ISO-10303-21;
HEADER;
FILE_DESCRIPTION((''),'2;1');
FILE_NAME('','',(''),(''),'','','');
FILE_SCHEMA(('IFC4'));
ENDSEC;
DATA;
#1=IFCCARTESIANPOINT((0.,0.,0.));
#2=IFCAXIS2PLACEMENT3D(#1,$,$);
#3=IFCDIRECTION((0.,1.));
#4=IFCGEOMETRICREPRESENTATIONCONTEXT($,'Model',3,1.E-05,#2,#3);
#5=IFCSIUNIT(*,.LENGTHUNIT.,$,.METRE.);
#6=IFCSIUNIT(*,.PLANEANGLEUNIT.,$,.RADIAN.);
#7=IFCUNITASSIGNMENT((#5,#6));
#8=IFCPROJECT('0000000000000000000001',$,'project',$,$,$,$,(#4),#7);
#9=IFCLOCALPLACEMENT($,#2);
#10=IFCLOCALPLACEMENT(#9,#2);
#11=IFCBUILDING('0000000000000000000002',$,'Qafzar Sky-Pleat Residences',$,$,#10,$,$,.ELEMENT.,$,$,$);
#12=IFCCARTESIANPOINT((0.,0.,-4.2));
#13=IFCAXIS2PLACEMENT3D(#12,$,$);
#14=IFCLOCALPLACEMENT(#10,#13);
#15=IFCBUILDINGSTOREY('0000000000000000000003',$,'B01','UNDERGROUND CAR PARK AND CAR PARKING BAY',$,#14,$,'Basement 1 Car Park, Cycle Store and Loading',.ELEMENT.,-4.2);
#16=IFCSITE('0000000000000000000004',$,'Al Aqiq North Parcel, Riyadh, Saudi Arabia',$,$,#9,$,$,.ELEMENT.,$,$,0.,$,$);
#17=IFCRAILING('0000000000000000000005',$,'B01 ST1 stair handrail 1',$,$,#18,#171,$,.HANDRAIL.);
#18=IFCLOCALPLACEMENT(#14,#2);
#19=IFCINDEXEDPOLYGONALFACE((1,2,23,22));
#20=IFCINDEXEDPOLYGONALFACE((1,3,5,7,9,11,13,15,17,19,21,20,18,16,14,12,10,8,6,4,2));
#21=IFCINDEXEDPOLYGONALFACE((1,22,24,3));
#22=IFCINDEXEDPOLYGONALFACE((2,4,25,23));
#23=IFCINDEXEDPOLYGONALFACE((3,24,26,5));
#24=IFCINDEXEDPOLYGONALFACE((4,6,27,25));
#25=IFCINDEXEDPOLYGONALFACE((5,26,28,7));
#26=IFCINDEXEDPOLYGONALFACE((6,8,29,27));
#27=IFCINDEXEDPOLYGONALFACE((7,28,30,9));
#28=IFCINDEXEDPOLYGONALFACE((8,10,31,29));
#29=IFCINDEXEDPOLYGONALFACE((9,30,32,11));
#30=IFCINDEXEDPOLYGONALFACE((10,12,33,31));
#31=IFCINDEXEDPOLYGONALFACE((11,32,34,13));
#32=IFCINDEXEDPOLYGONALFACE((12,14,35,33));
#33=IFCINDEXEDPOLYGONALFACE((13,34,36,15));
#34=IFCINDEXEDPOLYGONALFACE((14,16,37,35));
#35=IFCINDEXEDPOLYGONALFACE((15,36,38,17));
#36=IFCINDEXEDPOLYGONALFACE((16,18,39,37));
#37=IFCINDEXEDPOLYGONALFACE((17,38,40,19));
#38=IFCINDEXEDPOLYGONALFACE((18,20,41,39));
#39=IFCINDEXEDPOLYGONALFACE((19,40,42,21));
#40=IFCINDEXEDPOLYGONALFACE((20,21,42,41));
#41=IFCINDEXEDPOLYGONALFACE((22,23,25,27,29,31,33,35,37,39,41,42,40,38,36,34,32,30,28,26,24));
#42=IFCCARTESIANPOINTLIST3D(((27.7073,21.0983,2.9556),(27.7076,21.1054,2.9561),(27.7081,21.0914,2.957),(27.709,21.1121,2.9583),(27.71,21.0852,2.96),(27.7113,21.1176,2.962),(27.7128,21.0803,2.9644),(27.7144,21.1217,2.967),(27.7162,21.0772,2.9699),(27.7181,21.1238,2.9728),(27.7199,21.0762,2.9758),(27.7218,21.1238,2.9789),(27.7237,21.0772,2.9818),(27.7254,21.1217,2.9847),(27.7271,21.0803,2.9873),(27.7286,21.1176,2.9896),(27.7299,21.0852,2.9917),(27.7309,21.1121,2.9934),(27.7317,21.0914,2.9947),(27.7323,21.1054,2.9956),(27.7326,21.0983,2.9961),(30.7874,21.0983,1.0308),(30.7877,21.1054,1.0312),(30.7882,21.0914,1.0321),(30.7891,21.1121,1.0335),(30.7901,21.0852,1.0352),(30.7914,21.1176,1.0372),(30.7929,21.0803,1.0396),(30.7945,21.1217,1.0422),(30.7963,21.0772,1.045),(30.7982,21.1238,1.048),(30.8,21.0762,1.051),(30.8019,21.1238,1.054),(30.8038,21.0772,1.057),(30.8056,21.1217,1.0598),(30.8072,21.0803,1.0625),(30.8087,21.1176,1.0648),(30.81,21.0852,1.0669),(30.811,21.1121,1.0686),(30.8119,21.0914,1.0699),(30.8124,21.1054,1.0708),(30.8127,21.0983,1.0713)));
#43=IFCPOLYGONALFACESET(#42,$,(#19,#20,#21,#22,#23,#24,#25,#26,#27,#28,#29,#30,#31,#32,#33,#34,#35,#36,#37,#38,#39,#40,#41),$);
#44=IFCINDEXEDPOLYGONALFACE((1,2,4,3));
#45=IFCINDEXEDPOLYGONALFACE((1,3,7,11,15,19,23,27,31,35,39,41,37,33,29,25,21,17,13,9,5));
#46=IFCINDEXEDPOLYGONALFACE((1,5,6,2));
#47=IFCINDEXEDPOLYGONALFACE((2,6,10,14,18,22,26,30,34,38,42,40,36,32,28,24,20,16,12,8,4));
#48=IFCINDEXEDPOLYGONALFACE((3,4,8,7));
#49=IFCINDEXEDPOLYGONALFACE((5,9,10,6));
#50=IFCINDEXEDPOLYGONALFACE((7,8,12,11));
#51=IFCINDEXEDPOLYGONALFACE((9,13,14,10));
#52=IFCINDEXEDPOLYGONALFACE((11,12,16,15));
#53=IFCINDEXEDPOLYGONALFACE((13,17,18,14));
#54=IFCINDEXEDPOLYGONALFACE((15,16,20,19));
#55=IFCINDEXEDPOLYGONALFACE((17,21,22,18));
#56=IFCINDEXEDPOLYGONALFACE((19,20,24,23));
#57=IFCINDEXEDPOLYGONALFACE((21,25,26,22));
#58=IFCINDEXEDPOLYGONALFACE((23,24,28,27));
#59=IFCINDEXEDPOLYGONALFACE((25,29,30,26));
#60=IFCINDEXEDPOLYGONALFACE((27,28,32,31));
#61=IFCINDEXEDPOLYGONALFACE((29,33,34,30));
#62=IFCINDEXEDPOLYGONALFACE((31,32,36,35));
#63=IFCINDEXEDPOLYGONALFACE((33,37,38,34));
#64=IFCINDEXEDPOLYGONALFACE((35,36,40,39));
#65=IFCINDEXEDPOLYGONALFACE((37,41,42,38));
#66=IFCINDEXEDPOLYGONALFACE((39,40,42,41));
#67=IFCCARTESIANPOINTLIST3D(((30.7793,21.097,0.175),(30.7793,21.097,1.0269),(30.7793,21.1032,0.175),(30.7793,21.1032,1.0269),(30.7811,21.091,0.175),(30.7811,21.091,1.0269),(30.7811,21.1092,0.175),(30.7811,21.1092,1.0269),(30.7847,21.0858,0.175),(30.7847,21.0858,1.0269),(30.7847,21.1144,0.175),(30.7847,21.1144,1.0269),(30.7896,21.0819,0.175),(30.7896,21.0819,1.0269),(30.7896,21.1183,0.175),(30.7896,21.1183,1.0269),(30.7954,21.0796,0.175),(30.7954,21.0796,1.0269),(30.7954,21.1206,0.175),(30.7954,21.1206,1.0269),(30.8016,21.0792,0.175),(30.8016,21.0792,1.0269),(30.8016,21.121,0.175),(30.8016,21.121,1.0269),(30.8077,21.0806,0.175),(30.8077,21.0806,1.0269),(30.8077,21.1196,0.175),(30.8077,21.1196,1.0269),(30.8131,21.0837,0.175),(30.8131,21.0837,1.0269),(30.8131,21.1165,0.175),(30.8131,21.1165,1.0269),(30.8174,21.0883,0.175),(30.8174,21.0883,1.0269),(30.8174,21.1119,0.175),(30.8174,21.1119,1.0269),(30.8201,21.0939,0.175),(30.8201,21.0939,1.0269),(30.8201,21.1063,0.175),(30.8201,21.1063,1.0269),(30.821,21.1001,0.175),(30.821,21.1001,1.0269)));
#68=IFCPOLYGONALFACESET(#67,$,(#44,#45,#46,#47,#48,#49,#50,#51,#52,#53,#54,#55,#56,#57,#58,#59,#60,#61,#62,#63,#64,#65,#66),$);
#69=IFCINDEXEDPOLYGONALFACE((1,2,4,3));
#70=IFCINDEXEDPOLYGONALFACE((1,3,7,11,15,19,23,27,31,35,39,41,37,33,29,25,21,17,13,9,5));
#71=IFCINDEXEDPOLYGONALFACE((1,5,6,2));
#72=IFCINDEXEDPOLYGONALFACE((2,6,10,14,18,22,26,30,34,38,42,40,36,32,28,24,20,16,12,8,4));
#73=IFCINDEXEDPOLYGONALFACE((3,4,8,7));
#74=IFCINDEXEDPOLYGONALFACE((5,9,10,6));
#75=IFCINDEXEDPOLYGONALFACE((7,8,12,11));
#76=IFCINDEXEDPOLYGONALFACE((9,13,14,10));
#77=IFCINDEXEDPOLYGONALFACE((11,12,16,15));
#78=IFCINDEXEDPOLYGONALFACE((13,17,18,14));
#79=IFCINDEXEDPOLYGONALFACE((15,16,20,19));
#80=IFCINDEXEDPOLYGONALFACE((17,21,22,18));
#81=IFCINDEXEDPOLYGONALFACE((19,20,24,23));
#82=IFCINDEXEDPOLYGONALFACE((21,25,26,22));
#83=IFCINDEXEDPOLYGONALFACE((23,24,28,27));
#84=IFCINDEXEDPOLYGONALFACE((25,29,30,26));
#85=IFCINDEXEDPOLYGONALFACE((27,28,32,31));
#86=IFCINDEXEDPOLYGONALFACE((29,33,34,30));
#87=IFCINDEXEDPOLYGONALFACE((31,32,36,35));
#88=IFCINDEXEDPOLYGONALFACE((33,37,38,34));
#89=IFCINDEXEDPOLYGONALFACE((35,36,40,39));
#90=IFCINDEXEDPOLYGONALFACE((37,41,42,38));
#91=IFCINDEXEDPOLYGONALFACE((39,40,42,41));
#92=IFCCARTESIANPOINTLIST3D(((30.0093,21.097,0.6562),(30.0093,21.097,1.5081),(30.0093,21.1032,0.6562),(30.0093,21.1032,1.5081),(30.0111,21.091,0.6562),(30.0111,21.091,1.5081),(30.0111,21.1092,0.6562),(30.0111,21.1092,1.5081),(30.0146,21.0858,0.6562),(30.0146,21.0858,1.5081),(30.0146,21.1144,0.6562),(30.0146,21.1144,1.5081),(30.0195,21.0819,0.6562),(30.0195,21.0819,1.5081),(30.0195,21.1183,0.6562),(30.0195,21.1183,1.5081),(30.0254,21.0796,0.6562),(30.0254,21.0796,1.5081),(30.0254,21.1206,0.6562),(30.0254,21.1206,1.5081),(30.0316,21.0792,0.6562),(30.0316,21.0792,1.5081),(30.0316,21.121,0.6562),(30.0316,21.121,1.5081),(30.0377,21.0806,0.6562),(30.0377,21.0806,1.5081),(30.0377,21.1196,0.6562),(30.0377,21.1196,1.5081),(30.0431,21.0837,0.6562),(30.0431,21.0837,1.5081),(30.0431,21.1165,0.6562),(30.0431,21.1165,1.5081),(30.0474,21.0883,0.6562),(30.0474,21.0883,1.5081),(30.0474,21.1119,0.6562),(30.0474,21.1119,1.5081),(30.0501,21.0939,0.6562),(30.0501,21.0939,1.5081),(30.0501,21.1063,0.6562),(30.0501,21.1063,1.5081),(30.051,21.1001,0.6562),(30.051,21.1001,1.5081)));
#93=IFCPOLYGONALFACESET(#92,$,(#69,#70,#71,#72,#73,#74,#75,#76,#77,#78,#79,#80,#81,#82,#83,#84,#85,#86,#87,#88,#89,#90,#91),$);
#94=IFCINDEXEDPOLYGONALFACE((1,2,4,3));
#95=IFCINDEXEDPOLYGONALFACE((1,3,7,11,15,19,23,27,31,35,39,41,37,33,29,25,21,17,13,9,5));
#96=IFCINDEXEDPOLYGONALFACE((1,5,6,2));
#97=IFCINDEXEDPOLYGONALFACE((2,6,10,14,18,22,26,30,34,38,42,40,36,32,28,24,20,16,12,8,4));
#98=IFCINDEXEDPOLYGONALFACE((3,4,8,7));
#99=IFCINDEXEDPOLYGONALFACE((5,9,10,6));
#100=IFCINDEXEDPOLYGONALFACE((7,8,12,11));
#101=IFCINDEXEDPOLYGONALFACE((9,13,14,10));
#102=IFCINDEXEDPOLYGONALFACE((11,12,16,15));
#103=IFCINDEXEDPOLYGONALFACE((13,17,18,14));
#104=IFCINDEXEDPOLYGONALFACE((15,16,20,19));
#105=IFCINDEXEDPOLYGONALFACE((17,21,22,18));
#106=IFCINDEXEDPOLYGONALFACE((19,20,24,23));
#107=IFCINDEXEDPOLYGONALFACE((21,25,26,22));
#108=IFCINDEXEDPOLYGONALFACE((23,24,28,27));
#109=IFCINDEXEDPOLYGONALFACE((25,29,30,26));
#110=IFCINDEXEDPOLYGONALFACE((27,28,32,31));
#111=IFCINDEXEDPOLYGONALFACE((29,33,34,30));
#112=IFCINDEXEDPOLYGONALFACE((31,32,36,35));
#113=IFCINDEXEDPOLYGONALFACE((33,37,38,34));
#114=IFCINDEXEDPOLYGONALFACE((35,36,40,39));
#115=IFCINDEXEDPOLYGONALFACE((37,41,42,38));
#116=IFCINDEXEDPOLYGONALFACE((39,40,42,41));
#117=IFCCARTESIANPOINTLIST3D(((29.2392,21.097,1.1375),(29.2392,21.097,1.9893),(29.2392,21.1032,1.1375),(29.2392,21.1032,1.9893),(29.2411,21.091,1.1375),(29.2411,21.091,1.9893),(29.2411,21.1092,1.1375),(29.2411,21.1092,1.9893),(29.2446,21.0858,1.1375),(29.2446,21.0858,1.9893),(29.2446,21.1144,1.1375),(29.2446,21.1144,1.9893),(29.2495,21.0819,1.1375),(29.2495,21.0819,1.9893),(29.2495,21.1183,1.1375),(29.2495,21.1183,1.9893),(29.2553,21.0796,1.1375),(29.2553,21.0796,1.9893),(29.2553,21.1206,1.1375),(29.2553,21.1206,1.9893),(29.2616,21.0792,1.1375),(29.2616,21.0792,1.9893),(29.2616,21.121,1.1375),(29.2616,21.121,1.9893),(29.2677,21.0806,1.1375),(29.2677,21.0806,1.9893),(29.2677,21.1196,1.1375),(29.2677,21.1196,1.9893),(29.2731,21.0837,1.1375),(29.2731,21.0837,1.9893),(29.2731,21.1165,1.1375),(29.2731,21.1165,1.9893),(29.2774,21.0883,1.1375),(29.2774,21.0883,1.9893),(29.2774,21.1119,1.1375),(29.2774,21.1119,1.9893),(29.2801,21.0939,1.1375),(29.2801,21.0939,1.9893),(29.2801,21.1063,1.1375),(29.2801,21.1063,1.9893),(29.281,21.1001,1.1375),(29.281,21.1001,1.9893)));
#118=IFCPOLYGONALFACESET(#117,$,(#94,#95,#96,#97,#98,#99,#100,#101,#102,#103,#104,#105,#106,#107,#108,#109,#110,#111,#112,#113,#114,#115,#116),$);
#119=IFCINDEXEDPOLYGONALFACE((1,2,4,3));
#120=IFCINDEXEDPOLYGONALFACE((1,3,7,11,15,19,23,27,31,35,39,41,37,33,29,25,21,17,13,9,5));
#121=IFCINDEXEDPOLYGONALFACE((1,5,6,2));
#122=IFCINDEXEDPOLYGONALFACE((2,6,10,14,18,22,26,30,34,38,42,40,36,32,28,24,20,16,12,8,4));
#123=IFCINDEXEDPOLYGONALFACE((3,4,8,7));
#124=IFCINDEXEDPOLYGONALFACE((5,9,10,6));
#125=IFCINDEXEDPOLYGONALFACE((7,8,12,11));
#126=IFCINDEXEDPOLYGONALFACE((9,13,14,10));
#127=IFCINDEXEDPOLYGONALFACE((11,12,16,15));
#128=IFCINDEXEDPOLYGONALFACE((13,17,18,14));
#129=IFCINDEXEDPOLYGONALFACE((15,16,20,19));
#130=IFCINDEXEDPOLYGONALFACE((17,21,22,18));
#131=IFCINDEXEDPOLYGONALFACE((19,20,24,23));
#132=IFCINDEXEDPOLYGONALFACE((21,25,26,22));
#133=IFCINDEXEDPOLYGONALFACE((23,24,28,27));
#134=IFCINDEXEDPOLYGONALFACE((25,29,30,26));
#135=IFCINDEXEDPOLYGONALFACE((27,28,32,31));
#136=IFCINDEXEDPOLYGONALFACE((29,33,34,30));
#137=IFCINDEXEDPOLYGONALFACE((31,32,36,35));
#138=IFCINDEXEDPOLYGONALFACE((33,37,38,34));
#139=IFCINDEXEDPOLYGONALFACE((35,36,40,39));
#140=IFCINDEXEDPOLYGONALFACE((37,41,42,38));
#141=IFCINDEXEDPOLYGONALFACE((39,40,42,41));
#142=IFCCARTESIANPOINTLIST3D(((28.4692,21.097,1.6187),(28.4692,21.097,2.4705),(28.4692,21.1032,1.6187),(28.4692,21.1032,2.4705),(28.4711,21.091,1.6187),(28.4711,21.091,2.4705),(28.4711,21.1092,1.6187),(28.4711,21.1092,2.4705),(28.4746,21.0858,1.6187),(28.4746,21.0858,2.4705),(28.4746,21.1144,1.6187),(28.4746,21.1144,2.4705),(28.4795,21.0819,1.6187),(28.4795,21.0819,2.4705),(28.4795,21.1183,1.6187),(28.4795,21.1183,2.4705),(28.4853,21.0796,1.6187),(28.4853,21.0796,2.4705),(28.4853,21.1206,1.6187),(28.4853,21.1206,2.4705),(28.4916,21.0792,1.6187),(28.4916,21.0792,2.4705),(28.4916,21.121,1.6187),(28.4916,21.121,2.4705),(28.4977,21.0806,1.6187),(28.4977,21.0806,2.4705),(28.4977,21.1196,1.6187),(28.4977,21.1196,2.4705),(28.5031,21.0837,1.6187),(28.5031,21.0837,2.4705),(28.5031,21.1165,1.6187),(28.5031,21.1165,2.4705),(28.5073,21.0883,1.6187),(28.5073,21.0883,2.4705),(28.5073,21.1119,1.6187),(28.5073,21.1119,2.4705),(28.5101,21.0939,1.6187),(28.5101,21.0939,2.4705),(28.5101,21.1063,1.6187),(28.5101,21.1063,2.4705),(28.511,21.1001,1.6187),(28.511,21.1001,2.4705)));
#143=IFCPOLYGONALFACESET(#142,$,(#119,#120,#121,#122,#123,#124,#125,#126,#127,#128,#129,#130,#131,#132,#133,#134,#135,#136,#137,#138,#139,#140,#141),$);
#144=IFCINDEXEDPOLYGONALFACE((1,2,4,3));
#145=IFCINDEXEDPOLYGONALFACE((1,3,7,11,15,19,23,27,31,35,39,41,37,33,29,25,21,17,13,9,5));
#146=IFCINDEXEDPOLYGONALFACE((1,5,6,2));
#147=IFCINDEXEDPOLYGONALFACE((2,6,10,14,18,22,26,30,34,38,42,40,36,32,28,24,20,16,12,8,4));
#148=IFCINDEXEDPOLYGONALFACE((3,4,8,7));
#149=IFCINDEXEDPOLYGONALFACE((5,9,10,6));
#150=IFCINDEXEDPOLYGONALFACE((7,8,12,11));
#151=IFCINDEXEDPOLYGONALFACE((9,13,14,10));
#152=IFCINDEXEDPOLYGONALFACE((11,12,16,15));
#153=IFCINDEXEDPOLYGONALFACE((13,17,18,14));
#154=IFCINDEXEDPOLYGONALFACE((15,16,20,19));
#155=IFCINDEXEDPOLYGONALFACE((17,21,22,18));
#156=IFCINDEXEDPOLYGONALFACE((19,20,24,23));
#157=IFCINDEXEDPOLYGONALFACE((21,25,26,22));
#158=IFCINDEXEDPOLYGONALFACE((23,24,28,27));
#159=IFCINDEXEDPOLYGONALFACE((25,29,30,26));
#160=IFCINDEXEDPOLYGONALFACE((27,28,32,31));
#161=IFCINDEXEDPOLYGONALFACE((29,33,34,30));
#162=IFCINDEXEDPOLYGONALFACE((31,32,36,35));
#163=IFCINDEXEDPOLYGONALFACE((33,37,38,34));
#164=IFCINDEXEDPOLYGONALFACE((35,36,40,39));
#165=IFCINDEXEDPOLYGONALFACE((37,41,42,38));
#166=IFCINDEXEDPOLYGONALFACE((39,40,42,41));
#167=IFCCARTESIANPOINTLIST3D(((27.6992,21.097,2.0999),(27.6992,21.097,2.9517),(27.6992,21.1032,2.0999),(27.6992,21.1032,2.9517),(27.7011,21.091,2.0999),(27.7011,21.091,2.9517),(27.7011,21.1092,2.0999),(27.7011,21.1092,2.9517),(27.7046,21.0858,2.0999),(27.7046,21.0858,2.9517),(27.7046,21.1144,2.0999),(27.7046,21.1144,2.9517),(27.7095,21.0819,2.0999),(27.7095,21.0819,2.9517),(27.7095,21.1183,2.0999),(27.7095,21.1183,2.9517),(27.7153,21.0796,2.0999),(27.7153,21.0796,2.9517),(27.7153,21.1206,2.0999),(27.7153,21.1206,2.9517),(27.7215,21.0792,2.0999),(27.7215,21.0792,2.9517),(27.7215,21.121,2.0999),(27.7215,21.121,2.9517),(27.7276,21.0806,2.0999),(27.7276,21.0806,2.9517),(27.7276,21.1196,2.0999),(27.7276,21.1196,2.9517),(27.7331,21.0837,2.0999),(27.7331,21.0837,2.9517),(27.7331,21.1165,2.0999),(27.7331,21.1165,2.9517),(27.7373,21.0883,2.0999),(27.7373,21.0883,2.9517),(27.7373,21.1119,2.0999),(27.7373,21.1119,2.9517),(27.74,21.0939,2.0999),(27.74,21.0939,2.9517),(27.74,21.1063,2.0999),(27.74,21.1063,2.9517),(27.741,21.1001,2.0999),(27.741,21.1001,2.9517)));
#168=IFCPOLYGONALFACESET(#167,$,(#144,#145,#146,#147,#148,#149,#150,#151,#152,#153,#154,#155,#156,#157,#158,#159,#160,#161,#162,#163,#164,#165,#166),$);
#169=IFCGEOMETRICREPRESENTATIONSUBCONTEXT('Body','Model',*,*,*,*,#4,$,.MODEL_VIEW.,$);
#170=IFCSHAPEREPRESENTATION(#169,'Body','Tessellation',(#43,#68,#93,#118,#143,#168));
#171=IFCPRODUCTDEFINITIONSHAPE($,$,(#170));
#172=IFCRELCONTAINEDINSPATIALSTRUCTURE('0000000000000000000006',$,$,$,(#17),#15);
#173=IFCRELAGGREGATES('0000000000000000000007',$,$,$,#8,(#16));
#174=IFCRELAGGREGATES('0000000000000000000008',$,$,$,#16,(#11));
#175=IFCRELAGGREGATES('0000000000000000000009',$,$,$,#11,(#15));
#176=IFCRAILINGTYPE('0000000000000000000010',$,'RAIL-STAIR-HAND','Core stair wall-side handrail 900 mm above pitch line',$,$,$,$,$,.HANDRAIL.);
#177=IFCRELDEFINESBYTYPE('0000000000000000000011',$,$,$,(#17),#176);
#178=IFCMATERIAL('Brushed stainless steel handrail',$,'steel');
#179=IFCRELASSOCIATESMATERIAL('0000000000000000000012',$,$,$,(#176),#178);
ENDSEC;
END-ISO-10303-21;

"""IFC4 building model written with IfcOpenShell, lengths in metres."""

from ifc_helpers import new_model, si_unit, direction, frame, origin, origin_2d, place, context, subcontext, project, spatial, circle, extrude, source, transform, mapped, material, type_object, element, save


model = new_model("IFC4")

# Units and contexts
model_context = context("Model", 3, precision=1e-05, world=origin(), true_north=direction((0.0, 1.0)))
body_context = subcontext(model_context, "Body", "Model", "MODEL_VIEW")
ifc_project = project(units=[si_unit("LENGTHUNIT", "METRE"), si_unit("PLANEANGLEUNIT", "RADIAN")], contexts=[model_context])

# Site, building, storey
site_placement = place(None, origin())
site = spatial("IfcSite", under=ifc_project, at=site_placement, Name="Al Aqiq North Parcel, Riyadh, Saudi Arabia", CompositionType="ELEMENT", RefElevation=0.0)
building_placement = place(site_placement, origin())
building = spatial("IfcBuilding", under=site, at=building_placement, Name="Qafzar Sky-Pleat Residences", CompositionType="ELEMENT")
storey_placement = place(building_placement, frame((0.0, 0.0, -4.2)))
storey = spatial("IfcBuildingStorey", under=building, at=storey_placement, Name="B01", Description="UNDERGROUND CAR PARK AND CAR PARKING BAY", LongName="Basement 1 Car Park, Cycle Store and Loading", CompositionType="ELEMENT", Elevation=-4.2)

# Railing
ifc_material_1 = material(Name="Brushed stainless steel handrail", Category="steel")
railing_type_1 = type_object("IfcRailingType", Name="RAIL-STAIR-HAND", Description="Core stair wall-side handrail 900 mm above pitch line", PredefinedType="HANDRAIL", material=ifc_material_1)
shared_shape_1 = source(origin(), body_context, "Body", "SweptSolid", [
    extrude(circle(Radius=0.0239, at=origin_2d()), frame((0.0, 0.0, 0.876), z_axis=(-0.848029, 0.0, 0.529951), x_axis=(0.0, -1.0, 0.0)), (0.0, 0.0, 1.0), 3.6321),
    extrude(circle(Radius=0.021, at=origin_2d()), origin(), (0.0, 0.0, 1.0), 0.8518),
    extrude(circle(Radius=0.021, at=origin_2d()), frame((-0.77, 0.0, 0.4812)), (0.0, 0.0, 1.0), 0.8518),
    extrude(circle(Radius=0.021, at=origin_2d()), frame((-1.54, 0.0, 0.9624)), (0.0, 0.0, 1.0), 0.8518),
    extrude(circle(Radius=0.021, at=origin_2d()), frame((-2.3101, 0.0, 1.4436)), (0.0, 0.0, 1.0), 0.8518),
    extrude(circle(Radius=0.021, at=origin_2d()), frame((-3.0801, 0.0, 1.9248)), (0.0, 0.0, 1.0), 0.8518),
])
railing_1_placement = place(storey_placement, frame((30.8, 21.1001, 0.175)))
element("IfcRailing", 1, at=railing_1_placement, inside=storey, type_object=railing_type_1, Name="B01 ST1 stair handrail 1", PredefinedType="HANDRAIL", context=body_context, shape_type="MappedRepresentation", body=[
    mapped(shared_shape_1, transform((0.0, 0.0, 0.0), x_axis=(1.0, 0.0, 0.0), y_axis=(0.0, 1.0, 0.0), z_axis=(0.0, 0.0, 1.0), scale=1.0)),
])

save(model, "model.ifc")
